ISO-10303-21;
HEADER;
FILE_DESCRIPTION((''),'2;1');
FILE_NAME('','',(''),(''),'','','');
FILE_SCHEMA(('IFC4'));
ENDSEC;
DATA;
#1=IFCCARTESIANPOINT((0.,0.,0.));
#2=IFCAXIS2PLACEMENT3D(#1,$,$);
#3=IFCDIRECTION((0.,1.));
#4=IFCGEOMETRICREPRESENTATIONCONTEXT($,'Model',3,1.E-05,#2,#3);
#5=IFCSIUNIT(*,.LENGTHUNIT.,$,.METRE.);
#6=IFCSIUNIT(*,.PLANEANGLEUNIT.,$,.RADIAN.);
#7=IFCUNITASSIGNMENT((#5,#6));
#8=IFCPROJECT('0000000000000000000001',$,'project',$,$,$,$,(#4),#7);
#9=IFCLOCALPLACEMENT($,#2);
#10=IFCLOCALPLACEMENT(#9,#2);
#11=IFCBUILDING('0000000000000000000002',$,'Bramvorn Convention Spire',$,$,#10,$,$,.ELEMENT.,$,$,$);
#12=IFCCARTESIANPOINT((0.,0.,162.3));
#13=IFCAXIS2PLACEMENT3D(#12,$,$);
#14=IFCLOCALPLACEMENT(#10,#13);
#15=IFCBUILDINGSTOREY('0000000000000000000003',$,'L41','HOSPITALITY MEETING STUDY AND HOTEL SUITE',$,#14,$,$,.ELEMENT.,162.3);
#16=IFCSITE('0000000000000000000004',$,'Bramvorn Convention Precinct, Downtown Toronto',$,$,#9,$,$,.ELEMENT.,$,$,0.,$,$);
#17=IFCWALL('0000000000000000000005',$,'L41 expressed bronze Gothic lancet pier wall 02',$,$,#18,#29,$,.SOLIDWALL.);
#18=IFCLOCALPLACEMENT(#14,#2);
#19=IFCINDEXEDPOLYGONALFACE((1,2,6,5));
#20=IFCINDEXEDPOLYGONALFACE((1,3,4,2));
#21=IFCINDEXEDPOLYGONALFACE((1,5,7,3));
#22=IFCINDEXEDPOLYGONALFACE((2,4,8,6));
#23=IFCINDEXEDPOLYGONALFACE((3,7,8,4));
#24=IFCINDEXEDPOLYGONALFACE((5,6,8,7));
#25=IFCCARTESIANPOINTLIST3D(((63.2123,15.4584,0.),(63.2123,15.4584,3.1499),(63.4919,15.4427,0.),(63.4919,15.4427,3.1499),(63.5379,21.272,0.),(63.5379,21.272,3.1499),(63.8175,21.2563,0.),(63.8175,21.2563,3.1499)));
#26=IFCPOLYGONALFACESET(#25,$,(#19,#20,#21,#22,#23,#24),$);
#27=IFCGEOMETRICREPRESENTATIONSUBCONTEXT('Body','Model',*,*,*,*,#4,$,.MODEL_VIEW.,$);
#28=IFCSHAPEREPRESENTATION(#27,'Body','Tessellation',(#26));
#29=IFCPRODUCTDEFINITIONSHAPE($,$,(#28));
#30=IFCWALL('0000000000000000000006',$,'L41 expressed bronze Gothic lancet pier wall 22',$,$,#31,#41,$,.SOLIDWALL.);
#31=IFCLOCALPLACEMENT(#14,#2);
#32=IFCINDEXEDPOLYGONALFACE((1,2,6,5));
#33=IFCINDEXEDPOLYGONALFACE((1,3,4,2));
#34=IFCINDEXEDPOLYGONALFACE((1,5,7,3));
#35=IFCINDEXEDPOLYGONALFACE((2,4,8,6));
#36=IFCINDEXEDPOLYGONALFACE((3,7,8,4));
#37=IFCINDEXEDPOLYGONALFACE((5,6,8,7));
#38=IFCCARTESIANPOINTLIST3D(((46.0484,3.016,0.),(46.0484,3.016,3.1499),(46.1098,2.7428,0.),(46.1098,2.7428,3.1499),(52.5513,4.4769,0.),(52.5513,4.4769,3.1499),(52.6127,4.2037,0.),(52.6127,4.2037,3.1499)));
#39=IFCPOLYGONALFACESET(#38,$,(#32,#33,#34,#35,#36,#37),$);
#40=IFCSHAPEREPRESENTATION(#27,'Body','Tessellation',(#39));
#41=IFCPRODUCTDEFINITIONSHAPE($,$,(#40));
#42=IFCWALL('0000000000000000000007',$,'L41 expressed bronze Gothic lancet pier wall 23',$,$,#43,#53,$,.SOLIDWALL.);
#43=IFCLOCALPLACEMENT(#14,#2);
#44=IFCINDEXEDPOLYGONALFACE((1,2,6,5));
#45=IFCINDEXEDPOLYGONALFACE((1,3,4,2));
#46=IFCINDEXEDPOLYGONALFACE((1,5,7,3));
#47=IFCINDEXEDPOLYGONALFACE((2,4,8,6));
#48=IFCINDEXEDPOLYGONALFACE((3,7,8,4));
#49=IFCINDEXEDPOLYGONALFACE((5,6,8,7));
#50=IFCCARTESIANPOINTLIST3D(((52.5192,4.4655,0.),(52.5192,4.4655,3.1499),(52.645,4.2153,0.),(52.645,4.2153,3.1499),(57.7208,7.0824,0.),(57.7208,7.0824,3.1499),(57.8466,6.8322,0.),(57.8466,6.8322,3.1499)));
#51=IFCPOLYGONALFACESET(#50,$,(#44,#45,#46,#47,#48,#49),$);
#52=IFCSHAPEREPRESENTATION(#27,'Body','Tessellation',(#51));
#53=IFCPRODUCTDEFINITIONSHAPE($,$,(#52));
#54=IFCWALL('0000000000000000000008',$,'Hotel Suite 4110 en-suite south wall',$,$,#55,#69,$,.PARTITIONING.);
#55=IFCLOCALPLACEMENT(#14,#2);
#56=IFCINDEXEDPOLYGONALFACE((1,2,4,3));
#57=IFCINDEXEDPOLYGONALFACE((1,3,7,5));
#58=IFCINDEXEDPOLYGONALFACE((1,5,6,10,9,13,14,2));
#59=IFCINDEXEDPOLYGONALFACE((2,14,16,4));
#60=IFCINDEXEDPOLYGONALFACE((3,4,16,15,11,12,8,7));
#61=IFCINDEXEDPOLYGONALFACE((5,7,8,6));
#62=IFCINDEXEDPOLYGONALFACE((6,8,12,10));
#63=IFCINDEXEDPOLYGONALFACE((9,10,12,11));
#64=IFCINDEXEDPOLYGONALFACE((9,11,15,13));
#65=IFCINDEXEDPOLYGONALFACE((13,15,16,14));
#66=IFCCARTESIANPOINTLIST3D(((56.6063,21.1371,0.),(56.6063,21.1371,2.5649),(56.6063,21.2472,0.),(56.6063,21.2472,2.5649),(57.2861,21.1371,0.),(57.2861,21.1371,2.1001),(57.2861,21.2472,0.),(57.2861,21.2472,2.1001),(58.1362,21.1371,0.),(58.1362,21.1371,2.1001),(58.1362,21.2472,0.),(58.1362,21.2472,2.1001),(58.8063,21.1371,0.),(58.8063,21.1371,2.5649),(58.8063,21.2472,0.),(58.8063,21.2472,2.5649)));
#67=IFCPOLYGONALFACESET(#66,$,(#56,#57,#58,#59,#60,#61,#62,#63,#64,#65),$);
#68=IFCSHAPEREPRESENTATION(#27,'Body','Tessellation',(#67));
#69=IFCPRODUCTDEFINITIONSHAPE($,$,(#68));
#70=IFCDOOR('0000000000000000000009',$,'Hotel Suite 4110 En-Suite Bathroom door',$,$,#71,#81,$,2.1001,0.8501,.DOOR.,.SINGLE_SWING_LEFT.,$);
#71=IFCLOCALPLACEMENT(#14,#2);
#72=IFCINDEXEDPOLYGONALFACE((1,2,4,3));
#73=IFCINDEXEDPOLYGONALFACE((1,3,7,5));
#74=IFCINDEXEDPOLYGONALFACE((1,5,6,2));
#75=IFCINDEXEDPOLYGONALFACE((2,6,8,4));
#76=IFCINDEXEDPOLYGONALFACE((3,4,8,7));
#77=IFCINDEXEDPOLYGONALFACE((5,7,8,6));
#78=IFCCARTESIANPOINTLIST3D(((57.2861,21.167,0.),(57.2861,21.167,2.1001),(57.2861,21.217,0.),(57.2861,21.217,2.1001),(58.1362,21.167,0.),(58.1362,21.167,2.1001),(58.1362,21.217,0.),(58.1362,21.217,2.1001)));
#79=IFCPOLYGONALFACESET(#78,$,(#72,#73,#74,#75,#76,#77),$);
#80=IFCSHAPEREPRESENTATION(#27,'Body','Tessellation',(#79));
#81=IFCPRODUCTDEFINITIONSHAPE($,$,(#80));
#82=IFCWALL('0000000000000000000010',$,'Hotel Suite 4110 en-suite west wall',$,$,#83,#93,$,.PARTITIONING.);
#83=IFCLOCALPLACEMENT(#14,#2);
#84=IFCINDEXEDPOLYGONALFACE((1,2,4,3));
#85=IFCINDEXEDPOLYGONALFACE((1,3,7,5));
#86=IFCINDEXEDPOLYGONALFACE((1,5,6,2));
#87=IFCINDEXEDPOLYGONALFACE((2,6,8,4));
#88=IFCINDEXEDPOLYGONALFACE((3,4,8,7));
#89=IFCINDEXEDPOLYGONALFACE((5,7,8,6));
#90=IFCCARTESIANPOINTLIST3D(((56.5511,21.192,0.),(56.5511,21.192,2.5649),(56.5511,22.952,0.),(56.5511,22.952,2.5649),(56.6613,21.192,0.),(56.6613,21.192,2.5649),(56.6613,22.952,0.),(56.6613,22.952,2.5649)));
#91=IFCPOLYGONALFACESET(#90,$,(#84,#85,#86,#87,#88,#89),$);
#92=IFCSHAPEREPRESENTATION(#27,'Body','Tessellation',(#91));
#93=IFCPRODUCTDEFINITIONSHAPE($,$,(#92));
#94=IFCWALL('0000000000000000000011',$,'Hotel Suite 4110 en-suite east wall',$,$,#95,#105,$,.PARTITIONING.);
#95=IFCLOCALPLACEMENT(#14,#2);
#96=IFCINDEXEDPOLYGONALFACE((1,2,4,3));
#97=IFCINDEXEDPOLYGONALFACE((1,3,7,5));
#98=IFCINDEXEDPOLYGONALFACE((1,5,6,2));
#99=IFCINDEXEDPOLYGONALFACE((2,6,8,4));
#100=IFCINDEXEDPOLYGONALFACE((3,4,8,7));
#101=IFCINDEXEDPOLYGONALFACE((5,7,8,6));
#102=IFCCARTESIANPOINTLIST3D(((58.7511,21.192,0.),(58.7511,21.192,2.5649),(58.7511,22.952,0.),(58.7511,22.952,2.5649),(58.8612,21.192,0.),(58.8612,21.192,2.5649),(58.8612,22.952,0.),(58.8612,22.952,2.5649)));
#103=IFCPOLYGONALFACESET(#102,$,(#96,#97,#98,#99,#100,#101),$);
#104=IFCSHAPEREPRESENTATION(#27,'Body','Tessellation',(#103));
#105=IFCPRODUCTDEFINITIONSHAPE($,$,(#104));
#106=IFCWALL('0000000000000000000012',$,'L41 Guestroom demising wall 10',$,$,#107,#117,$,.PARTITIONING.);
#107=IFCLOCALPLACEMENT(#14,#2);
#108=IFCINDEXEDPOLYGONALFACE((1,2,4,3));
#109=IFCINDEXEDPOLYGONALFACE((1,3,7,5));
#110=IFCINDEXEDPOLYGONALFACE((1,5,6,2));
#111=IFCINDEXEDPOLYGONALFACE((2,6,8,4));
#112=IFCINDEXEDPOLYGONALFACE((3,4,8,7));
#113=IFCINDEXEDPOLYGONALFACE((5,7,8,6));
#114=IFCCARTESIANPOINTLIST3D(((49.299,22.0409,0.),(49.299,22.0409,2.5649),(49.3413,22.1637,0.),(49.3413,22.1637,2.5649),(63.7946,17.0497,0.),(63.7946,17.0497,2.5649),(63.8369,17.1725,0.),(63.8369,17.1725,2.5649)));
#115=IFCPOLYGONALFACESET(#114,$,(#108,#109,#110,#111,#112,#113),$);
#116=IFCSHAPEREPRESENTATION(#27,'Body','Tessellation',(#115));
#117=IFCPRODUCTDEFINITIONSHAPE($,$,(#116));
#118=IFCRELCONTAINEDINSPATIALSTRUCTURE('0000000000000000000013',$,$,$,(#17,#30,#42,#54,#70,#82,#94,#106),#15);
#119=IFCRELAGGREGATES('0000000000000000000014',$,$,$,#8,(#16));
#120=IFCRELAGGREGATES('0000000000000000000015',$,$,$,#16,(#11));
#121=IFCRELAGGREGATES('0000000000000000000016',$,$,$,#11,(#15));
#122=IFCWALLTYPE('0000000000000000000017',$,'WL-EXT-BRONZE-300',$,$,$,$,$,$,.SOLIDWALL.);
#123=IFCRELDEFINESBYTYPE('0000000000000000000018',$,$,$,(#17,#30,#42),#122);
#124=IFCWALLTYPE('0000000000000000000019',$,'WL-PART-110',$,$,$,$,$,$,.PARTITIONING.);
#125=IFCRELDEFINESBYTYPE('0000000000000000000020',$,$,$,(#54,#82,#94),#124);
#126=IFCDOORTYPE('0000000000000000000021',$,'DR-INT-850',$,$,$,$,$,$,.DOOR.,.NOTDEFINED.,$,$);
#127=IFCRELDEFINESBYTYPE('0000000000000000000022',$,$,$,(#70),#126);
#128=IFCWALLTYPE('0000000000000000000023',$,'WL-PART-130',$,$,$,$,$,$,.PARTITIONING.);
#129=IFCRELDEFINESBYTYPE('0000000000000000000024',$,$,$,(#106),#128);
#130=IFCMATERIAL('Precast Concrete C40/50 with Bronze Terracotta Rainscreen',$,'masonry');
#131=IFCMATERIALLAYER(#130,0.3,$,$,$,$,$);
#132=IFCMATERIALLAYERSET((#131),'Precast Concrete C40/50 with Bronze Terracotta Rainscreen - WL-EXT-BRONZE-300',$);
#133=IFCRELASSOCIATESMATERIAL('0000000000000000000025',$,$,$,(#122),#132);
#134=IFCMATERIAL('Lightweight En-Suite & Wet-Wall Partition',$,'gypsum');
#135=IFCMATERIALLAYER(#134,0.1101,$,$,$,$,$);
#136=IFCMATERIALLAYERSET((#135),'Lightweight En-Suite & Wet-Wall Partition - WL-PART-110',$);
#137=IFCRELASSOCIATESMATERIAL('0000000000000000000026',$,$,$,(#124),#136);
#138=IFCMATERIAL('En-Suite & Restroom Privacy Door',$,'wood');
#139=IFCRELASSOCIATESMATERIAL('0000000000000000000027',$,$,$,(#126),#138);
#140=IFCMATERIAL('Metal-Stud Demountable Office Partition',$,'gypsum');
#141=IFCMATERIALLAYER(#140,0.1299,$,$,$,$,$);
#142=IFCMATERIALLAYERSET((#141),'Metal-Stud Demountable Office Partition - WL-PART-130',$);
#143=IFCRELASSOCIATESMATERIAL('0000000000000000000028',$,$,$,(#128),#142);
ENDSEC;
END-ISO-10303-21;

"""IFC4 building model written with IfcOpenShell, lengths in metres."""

from ifc_helpers import new_model, si_unit, direction, frame, frame_2d, origin, place, context, subcontext, project, spatial, rectangle, extrude, material, layer, layer_set, type_object, element, fill, save


model = new_model("IFC4")

# Units and contexts
model_context = context("Model", 3, precision=1e-05, world=origin(), true_north=direction((0.0, 1.0)))
body_context = subcontext(model_context, "Body", "Model", "MODEL_VIEW")
ifc_project = project(units=[si_unit("LENGTHUNIT", "METRE"), si_unit("PLANEANGLEUNIT", "RADIAN")], contexts=[model_context])

# Site, building, storey
site_placement = place(None, origin())
site = spatial("IfcSite", under=ifc_project, at=site_placement, Name="Bramvorn Convention Precinct, Downtown Toronto", CompositionType="ELEMENT", RefElevation=0.0)
building_placement = place(site_placement, origin())
building = spatial("IfcBuilding", under=site, at=building_placement, Name="Bramvorn Convention Spire", CompositionType="ELEMENT")
storey_placement = place(building_placement, frame((0.0, 0.0, 162.3)))
storey = spatial("IfcBuildingStorey", under=building, at=storey_placement, Name="L41", Description="HOSPITALITY MEETING STUDY AND HOTEL SUITE", CompositionType="ELEMENT", Elevation=162.3)

# Walls
ifc_material_1 = material(Name="Precast Concrete C40/50 with Bronze Terracotta Rainscreen", Category="masonry")
ifc_layer_1 = layer(ifc_material_1, 0.3)
ifc_layer_set_1 = layer_set([ifc_layer_1], Name="Precast Concrete C40/50 with Bronze Terracotta Rainscreen - WL-EXT-BRONZE-300")
wall_type_1 = type_object("IfcWallType", Name="WL-EXT-BRONZE-300", PredefinedType="SOLIDWALL", material=ifc_layer_set_1)
wall_1_placement = place(storey_placement, frame((63.6777, 21.2642, 0.0), z_axis=(0.0, 0.0, 1.0), x_axis=(-0.055932, -0.998435, 0.0)))
element("IfcWall", 1, at=wall_1_placement, inside=storey, type_object=wall_type_1, Name="L41 expressed bronze Gothic lancet pier wall 02", PredefinedType="SOLIDWALL", context=body_context, shape_type="SweptSolid", body=[
    extrude(rectangle(XDim=5.8228, YDim=0.28, at=frame_2d((2.9114, 0.0))), origin(), (0.0, 0.0, 1.0), 3.1499),
])
wall_2_placement = place(storey_placement, frame((52.582, 4.3403, 0.0), z_axis=(0.0, 0.0, 1.0), x_axis=(-0.975681, -0.219195, 0.0)))
element("IfcWall", 2, at=wall_2_placement, inside=storey, type_object=wall_type_1, Name="L41 expressed bronze Gothic lancet pier wall 22", PredefinedType="SOLIDWALL", context=body_context, shape_type="SweptSolid", body=[
    extrude(rectangle(XDim=6.665, YDim=0.28, at=frame_2d((3.3325, 0.0))), origin(), (0.0, 0.0, 1.0), 3.1499),
])
wall_3_placement = place(storey_placement, frame((57.7837, 6.9573, 0.0), z_axis=(0.0, 0.0, 1.0), x_axis=(-0.893318, -0.449426, 0.0)))
element("IfcWall", 3, at=wall_3_placement, inside=storey, type_object=wall_type_1, Name="L41 expressed bronze Gothic lancet pier wall 23", PredefinedType="SOLIDWALL", context=body_context, shape_type="SweptSolid", body=[
    extrude(rectangle(XDim=5.8228, YDim=0.28, at=frame_2d((2.9114, 0.0))), origin(), (0.0, 0.0, 1.0), 3.1499),
])

# Wall, opening, door
ifc_material_2 = material(Name="Lightweight En-Suite & Wet-Wall Partition", Category="gypsum")
ifc_layer_2 = layer(ifc_material_2, 0.1101)
ifc_layer_set_2 = layer_set([ifc_layer_2], Name="Lightweight En-Suite & Wet-Wall Partition - WL-PART-110")
wall_type_2 = type_object("IfcWallType", Name="WL-PART-110", PredefinedType="PARTITIONING", material=ifc_layer_set_2)
wall_4_placement = place(storey_placement, frame((56.6062, 21.1921, 0.0), z_axis=(0.0, 0.0, 1.0), x_axis=(1.0, 0.0, 0.0)))
wall_4 = element("IfcWall", 4, at=wall_4_placement, inside=storey, type_object=wall_type_2, Name="Hotel Suite 4110 en-suite south wall", PredefinedType="PARTITIONING", context=body_context, shape_type="SweptSolid", body=[
    extrude(rectangle(XDim=2.2, YDim=0.1101, at=frame_2d((1.1001, 0.0))), origin(), (0.0, 0.0, 1.0), 2.5649),
])
opening_placement = place(wall_4_placement, frame((0.6799, 0.0, 0.0)))
opening = element("IfcOpeningElement", 5, at=opening_placement, cuts=wall_4, PredefinedType="OPENING", context=body_context, shape_type="SweptSolid", body=[
    extrude(rectangle(XDim=0.8501, YDim=2.1001, at=frame_2d((0.425, 1.05))), frame((0.0, 0.0649, 0.0), z_axis=(0.0, -1.0, 0.0), x_axis=(1.0, 0.0, 0.0)), (0.0, 0.0, 1.0), 0.1301),
])
ifc_material_3 = material(Name="En-Suite & Restroom Privacy Door", Category="wood")
door_type = type_object("IfcDoorType", Name="DR-INT-850", OperationType="NOTDEFINED", PredefinedType="DOOR", material=ifc_material_3)
door_placement = place(opening_placement, origin())
door = element("IfcDoor", 6, at=door_placement, inside=storey, type_object=door_type, Name="Hotel Suite 4110 En-Suite Bathroom door", OperationType="SINGLE_SWING_LEFT", OverallHeight=2.1001, OverallWidth=0.8501, PredefinedType="DOOR", context=body_context, shape_type="SweptSolid", body=[
    extrude(rectangle(XDim=0.8501, YDim=2.1001, at=frame_2d((0.425, 1.05))), frame((0.0, 0.0249, 0.0), z_axis=(0.0, -1.0, 0.0), x_axis=(1.0, 0.0, 0.0)), (0.0, 0.0, 1.0), 0.05),
])
fill(opening, door)

# Walls
for number, where, z_axis, x_axis, name in (
    (7, (56.6062, 21.1921, 0.0), (0.0, 0.0, 1.0), (0.0, 1.0, 0.0), "Hotel Suite 4110 en-suite west wall"),
    (8, (58.8062, 21.1921, 0.0), (0.0, 0.0, 1.0), (0.0, 1.0, 0.0), "Hotel Suite 4110 en-suite east wall"),
):
    element("IfcWall", number, at=place(storey_placement, frame(where, z_axis=z_axis, x_axis=x_axis)), inside=storey, type_object=wall_type_2, Name=name, PredefinedType="PARTITIONING", context=body_context, shape_type="SweptSolid", body=[
        extrude(rectangle(XDim=1.76, YDim=0.1101, at=frame_2d((0.8799, 0.0))), origin(), (0.0, 0.0, 1.0), 2.5649),
    ])
ifc_material_4 = material(Name="Metal-Stud Demountable Office Partition", Category="gypsum")
ifc_layer_3 = layer(ifc_material_4, 0.1299)
ifc_layer_set_3 = layer_set([ifc_layer_3], Name="Metal-Stud Demountable Office Partition - WL-PART-130")
wall_type_3 = type_object("IfcWallType", Name="WL-PART-130", PredefinedType="PARTITIONING", material=ifc_layer_set_3)
wall_5_placement = place(storey_placement, frame((49.3201, 22.1023, 0.0), z_axis=(0.0, 0.0, 1.0), x_axis=(0.945519, -0.325567, 0.0)))
element("IfcWall", 9, at=wall_5_placement, inside=storey, type_object=wall_type_3, Name="L41 Guestroom demising wall 10", PredefinedType="PARTITIONING", context=body_context, shape_type="SweptSolid", body=[
    extrude(rectangle(XDim=15.3308, YDim=0.1299, at=frame_2d((7.6655, 0.0))), origin(), (0.0, 0.0, 1.0), 2.5649),
])

save(model, "model.ifc")
